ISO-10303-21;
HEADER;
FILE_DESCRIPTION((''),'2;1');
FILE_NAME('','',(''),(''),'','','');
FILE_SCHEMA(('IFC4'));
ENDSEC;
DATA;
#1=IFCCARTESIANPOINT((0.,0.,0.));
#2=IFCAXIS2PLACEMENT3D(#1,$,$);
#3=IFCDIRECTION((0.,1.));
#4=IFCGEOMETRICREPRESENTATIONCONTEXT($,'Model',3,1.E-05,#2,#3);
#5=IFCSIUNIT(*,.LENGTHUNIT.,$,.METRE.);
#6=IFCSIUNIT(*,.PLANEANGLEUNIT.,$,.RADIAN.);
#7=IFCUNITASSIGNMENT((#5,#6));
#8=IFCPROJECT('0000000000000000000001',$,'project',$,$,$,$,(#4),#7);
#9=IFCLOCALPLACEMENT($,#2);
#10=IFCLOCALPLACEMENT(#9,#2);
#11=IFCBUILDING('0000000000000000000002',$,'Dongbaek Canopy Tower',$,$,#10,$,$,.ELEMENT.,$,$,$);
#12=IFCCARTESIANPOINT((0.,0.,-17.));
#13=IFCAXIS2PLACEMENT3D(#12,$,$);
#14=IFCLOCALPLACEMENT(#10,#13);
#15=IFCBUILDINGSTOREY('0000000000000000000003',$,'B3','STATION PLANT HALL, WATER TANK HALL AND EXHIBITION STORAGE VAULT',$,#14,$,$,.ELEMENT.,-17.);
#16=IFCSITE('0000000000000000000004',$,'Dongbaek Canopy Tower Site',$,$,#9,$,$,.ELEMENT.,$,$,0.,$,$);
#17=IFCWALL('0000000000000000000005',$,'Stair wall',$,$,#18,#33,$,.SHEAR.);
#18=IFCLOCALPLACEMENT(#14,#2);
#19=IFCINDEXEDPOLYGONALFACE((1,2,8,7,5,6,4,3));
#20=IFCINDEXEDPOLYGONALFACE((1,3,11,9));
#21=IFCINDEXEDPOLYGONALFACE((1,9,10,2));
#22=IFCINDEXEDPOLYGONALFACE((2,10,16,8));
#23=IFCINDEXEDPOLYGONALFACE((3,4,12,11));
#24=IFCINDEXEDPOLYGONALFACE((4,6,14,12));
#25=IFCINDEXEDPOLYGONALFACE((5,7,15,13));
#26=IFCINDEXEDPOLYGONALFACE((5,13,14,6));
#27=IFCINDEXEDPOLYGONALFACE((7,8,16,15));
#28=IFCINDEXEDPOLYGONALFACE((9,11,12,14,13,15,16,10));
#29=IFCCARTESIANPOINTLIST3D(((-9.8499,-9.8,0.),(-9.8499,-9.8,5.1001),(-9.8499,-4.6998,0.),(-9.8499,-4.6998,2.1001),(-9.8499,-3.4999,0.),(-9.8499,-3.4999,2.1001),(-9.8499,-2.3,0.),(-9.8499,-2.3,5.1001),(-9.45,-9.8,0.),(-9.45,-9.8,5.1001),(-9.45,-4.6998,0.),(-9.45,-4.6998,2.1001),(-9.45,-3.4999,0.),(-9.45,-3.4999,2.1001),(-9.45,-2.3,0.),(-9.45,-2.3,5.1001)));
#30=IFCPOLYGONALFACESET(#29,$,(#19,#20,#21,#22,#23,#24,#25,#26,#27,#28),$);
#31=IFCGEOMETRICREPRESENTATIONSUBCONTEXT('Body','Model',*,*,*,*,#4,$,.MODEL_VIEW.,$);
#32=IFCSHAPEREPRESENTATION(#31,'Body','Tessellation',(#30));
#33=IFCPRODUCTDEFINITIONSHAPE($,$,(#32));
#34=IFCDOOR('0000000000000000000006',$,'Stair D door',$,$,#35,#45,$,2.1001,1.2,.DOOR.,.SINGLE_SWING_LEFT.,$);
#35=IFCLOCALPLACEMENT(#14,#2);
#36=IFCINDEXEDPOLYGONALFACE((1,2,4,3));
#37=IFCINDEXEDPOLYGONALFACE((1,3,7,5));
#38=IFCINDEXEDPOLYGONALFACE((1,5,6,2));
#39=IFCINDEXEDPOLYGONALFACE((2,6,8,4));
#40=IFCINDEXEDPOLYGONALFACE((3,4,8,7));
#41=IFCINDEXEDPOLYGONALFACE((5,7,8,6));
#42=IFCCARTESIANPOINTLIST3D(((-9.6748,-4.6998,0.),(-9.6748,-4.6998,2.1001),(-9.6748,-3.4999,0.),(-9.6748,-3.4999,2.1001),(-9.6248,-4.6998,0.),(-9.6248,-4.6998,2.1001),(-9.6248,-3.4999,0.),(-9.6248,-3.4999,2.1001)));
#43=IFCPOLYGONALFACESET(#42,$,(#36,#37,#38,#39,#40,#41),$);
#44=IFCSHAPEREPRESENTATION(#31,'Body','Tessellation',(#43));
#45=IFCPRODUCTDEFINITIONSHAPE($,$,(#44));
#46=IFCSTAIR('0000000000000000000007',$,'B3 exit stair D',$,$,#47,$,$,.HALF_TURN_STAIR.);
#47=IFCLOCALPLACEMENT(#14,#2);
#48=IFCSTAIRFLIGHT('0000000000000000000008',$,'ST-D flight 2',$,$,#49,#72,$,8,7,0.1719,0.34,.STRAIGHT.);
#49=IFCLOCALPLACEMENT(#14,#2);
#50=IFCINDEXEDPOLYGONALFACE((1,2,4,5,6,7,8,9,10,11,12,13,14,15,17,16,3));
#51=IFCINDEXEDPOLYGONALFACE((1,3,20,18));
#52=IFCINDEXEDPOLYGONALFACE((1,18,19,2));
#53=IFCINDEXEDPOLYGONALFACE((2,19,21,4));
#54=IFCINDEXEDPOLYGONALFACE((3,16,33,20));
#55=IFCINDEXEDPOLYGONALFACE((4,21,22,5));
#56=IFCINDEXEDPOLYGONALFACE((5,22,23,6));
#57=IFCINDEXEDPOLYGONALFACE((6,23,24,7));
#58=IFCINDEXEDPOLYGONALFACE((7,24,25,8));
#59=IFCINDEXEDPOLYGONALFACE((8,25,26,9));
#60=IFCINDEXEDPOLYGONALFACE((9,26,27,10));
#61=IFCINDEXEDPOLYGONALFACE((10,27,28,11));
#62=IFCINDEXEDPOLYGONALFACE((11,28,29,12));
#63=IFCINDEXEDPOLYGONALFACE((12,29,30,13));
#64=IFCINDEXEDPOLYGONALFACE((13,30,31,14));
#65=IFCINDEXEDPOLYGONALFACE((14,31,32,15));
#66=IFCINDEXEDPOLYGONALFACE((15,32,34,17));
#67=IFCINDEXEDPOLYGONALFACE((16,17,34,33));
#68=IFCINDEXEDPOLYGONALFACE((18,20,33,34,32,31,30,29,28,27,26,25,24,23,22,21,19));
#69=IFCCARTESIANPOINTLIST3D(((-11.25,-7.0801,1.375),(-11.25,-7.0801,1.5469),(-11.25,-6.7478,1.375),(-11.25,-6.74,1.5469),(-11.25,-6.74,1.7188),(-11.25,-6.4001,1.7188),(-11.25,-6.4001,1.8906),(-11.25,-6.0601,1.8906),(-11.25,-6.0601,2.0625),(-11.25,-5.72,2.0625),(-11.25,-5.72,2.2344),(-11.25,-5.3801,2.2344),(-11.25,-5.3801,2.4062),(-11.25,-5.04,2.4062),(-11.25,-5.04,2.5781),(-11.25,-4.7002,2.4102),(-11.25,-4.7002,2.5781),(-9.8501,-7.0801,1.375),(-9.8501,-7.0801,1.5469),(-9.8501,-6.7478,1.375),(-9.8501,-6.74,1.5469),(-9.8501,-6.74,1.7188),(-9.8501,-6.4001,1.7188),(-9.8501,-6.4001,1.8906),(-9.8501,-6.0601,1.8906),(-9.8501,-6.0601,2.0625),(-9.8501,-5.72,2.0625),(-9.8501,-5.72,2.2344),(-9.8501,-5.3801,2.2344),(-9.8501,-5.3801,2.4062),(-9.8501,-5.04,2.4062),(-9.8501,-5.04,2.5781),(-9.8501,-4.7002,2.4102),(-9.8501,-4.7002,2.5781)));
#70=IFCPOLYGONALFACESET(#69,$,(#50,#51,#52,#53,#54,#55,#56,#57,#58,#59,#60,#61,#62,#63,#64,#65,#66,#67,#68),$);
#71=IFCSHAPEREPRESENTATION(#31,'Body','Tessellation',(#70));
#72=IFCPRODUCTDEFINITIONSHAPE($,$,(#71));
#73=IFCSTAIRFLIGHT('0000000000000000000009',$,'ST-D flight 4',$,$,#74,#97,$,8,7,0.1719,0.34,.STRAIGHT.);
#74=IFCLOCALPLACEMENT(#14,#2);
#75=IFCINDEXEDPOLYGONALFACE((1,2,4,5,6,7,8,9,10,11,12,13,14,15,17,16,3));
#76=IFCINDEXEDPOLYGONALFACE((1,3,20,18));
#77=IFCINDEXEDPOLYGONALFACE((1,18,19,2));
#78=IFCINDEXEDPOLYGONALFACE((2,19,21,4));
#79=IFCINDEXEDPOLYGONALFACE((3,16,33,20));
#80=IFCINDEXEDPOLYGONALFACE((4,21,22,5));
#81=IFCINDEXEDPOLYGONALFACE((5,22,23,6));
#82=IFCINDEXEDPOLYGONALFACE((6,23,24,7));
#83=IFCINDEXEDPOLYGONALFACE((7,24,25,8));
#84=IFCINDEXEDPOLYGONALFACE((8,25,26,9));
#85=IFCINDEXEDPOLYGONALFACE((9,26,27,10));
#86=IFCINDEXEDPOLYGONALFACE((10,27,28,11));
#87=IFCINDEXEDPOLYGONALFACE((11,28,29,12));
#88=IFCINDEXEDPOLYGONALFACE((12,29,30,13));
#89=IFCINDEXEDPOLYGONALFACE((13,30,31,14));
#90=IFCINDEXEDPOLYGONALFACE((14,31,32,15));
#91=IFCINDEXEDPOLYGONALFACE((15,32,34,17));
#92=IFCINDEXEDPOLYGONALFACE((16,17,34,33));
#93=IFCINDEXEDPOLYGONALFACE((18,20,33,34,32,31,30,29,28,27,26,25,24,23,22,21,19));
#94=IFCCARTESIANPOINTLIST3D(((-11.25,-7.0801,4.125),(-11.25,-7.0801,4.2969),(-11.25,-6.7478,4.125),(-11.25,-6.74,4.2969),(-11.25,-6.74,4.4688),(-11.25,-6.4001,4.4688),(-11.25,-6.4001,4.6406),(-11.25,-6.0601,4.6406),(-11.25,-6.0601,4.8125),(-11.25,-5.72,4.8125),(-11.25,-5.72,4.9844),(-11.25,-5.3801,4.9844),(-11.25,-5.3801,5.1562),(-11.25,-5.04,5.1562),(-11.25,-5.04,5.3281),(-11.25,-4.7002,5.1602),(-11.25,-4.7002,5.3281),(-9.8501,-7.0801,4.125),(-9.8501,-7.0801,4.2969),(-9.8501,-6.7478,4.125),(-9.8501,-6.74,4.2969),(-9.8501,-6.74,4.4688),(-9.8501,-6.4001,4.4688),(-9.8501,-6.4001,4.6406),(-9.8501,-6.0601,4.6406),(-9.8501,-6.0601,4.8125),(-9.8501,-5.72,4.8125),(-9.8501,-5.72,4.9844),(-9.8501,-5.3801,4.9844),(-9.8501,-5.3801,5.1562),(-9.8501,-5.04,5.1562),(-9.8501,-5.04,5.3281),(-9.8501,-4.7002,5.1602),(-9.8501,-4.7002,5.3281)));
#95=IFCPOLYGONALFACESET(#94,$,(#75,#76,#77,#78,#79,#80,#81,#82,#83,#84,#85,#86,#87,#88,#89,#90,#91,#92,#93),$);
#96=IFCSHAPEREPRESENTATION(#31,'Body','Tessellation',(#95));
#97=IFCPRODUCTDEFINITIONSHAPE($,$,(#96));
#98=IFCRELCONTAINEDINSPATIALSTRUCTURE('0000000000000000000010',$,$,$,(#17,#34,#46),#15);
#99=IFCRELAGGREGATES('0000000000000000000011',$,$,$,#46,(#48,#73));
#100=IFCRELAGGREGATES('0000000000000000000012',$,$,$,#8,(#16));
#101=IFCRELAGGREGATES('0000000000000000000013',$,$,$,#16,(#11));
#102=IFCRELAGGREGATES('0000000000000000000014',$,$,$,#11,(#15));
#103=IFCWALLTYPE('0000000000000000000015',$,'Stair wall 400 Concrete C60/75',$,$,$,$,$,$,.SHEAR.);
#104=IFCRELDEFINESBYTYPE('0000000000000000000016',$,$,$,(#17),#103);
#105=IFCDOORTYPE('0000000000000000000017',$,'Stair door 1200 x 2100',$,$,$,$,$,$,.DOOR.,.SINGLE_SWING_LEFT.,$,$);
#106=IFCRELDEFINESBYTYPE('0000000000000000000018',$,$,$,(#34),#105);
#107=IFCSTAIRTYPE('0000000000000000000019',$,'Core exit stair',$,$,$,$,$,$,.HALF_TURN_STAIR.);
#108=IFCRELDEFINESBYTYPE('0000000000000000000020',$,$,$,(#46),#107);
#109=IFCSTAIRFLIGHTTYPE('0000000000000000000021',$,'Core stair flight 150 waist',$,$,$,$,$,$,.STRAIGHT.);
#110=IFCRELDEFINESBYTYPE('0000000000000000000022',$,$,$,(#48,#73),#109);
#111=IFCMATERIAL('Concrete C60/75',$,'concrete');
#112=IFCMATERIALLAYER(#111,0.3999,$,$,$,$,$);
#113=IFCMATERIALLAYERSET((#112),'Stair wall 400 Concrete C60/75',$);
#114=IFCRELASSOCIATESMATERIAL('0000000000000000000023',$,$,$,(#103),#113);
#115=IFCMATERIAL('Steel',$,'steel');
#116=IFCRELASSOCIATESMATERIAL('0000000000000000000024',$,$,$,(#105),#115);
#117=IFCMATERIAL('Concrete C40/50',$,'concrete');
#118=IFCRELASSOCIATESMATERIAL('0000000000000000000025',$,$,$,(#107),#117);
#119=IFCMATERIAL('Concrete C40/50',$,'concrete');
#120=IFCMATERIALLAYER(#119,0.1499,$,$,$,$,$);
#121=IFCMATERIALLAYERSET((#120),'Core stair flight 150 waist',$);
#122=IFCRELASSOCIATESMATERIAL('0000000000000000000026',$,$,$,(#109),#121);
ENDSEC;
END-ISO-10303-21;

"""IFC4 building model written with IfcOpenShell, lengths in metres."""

from ifc_helpers import new_model, si_unit, direction, frame, frame_2d, origin, place, context, subcontext, project, spatial, polyline, rectangle, outline, extrude, material, layer, layer_set, type_object, element, fill, aggregate, save


model = new_model("IFC4")

# Units and contexts
model_context = context("Model", 3, precision=1e-05, world=origin(), true_north=direction((0.0, 1.0)))
body_context = subcontext(model_context, "Body", "Model", "MODEL_VIEW")
ifc_project = project(units=[si_unit("LENGTHUNIT", "METRE"), si_unit("PLANEANGLEUNIT", "RADIAN")], contexts=[model_context])

# Site, building, storey
site_placement = place(None, origin())
site = spatial("IfcSite", under=ifc_project, at=site_placement, Name="Dongbaek Canopy Tower Site", CompositionType="ELEMENT", RefElevation=0.0)
building_placement = place(site_placement, origin())
building = spatial("IfcBuilding", under=site, at=building_placement, Name="Dongbaek Canopy Tower", CompositionType="ELEMENT")
storey_placement = place(building_placement, frame((0.0, 0.0, -17.0)))
storey = spatial("IfcBuildingStorey", under=building, at=storey_placement, Name="B3", Description="STATION PLANT HALL, WATER TANK HALL AND EXHIBITION STORAGE VAULT", CompositionType="ELEMENT", Elevation=-17.0)

# Wall, opening, door
ifc_material_1 = material(Name="Concrete C60/75", Category="concrete")
ifc_layer_1 = layer(ifc_material_1, 0.3999)
ifc_layer_set_1 = layer_set([ifc_layer_1], Name="Stair wall 400 Concrete C60/75")
wall_type_1 = type_object("IfcWallType", Name="Stair wall 400 Concrete C60/75", PredefinedType="SHEAR", material=ifc_layer_set_1)
wall_placement = place(storey_placement, frame((-9.6499, -9.8, 0.0), z_axis=(0.0, 0.0, 1.0), x_axis=(0.0, 1.0, 0.0)))
wall = element("IfcWall", 1, at=wall_placement, inside=storey, type_object=wall_type_1, Name="Stair wall", PredefinedType="SHEAR", context=body_context, shape_type="SweptSolid", body=[
    extrude(rectangle(XDim=7.5, YDim=0.3999, at=frame_2d((3.75, 0.0))), origin(), (0.0, 0.0, 1.0), 5.1001),
])
opening_placement = place(wall_placement, frame((5.1001, 0.0, 0.0)))
opening = element("IfcOpeningElement", 2, at=opening_placement, cuts=wall, PredefinedType="OPENING", context=body_context, shape_type="SweptSolid", body=[
    extrude(rectangle(XDim=1.2, YDim=2.1001, at=frame_2d((0.6001, 1.05))), frame((0.0, 0.21, 0.0), z_axis=(0.0, -1.0, 0.0), x_axis=(1.0, 0.0, 0.0)), (0.0, 0.0, 1.0), 0.4199),
])
ifc_material_2 = material(Name="Steel", Category="steel")
door_type = type_object("IfcDoorType", Name="Stair door 1200 x 2100", OperationType="SINGLE_SWING_LEFT", PredefinedType="DOOR", material=ifc_material_2)
door_placement = place(opening_placement, origin())
door = element("IfcDoor", 3, at=door_placement, inside=storey, type_object=door_type, Name="Stair D door", OperationType="SINGLE_SWING_LEFT", OverallHeight=2.1001, OverallWidth=1.2, PredefinedType="DOOR", context=body_context, shape_type="SweptSolid", body=[
    extrude(rectangle(XDim=1.2, YDim=2.1001, at=frame_2d((0.6001, 1.05))), frame((0.0, 0.0249, 0.0), z_axis=(0.0, -1.0, 0.0), x_axis=(1.0, 0.0, 0.0)), (0.0, 0.0, 1.0), 0.05),
])
fill(opening, door)

# Stair, stair flights
ifc_material_3 = material(Name="Concrete C40/50", Category="concrete")
stair_type = type_object("IfcStairType", Name="Core exit stair", PredefinedType="HALF_TURN_STAIR", material=ifc_material_3)
stair_placement = place(storey_placement, origin())
stair = element("IfcStair", 4, at=stair_placement, inside=storey, type_object=stair_type, Name="B3 exit stair D", PredefinedType="HALF_TURN_STAIR")
ifc_material_4 = material(Name="Concrete C40/50", Category="concrete")
ifc_layer_2 = layer(ifc_material_4, 0.1499)
ifc_layer_set_2 = layer_set([ifc_layer_2], Name="Core stair flight 150 waist")
stair_flight_type = type_object("IfcStairFlightType", Name="Core stair flight 150 waist", PredefinedType="STRAIGHT", material=ifc_layer_set_2)
stair_flight_1_placement = place(storey_placement, frame((-10.55, -7.0801, 1.375), z_axis=(0.0, 0.0, 1.0), x_axis=(0.0, 1.0, 0.0)))
stair_flight_1 = element("IfcStairFlight", 5, at=stair_flight_1_placement, type_object=stair_flight_type, Name="ST-D flight 2", NumberOfRisers=8, NumberOfTreads=7, PredefinedType="STRAIGHT", RiserHeight=0.1719, TreadLength=0.34, context=body_context, shape_type="SweptSolid", body=[
    extrude(outline(polyline([(0.0, 0.0), (0.0, 0.1719), (0.3401, 0.1719), (0.3401, 0.3438), (0.6799, 0.3438), (0.6799, 0.5156), (1.02, 0.5156), (1.02, 0.6875), (1.3601, 0.6875), (1.3601, 0.8594), (1.7, 0.8594), (1.7, 1.0312), (2.04, 1.0312), (2.04, 1.2031), (2.3799, 1.2031), (2.3799, 1.375), (2.3799, 1.0352), (0.3323, 0.0), (0.0, 0.0)])), frame((0.0, 0.7, 0.0), z_axis=(0.0, -1.0, 0.0), x_axis=(1.0, 0.0, 0.0)), (0.0, 0.0, 1.0), 1.3999),
])
stair_flight_2_placement = place(storey_placement, frame((-10.55, -7.0801, 4.125), z_axis=(0.0, 0.0, 1.0), x_axis=(0.0, 1.0, 0.0)))
stair_flight_2 = element("IfcStairFlight", 6, at=stair_flight_2_placement, type_object=stair_flight_type, Name="ST-D flight 4", NumberOfRisers=8, NumberOfTreads=7, PredefinedType="STRAIGHT", RiserHeight=0.1719, TreadLength=0.34, context=body_context, shape_type="SweptSolid", body=[
    extrude(outline(polyline([(0.0, 0.0), (0.0, 0.1719), (0.3401, 0.1719), (0.3401, 0.3438), (0.6799, 0.3438), (0.6799, 0.5156), (1.02, 0.5156), (1.02, 0.6875), (1.3601, 0.6875), (1.3601, 0.8594), (1.7, 0.8594), (1.7, 1.0312), (2.04, 1.0312), (2.04, 1.2031), (2.3799, 1.2031), (2.3799, 1.375), (2.3799, 1.0352), (0.3323, 0.0), (0.0, 0.0)])), frame((0.0, 0.7, 0.0), z_axis=(0.0, -1.0, 0.0), x_axis=(1.0, 0.0, 0.0)), (0.0, 0.0, 1.0), 1.3999),
])
aggregate(stair, [stair_flight_1, stair_flight_2])

save(model, "model.ifc")
